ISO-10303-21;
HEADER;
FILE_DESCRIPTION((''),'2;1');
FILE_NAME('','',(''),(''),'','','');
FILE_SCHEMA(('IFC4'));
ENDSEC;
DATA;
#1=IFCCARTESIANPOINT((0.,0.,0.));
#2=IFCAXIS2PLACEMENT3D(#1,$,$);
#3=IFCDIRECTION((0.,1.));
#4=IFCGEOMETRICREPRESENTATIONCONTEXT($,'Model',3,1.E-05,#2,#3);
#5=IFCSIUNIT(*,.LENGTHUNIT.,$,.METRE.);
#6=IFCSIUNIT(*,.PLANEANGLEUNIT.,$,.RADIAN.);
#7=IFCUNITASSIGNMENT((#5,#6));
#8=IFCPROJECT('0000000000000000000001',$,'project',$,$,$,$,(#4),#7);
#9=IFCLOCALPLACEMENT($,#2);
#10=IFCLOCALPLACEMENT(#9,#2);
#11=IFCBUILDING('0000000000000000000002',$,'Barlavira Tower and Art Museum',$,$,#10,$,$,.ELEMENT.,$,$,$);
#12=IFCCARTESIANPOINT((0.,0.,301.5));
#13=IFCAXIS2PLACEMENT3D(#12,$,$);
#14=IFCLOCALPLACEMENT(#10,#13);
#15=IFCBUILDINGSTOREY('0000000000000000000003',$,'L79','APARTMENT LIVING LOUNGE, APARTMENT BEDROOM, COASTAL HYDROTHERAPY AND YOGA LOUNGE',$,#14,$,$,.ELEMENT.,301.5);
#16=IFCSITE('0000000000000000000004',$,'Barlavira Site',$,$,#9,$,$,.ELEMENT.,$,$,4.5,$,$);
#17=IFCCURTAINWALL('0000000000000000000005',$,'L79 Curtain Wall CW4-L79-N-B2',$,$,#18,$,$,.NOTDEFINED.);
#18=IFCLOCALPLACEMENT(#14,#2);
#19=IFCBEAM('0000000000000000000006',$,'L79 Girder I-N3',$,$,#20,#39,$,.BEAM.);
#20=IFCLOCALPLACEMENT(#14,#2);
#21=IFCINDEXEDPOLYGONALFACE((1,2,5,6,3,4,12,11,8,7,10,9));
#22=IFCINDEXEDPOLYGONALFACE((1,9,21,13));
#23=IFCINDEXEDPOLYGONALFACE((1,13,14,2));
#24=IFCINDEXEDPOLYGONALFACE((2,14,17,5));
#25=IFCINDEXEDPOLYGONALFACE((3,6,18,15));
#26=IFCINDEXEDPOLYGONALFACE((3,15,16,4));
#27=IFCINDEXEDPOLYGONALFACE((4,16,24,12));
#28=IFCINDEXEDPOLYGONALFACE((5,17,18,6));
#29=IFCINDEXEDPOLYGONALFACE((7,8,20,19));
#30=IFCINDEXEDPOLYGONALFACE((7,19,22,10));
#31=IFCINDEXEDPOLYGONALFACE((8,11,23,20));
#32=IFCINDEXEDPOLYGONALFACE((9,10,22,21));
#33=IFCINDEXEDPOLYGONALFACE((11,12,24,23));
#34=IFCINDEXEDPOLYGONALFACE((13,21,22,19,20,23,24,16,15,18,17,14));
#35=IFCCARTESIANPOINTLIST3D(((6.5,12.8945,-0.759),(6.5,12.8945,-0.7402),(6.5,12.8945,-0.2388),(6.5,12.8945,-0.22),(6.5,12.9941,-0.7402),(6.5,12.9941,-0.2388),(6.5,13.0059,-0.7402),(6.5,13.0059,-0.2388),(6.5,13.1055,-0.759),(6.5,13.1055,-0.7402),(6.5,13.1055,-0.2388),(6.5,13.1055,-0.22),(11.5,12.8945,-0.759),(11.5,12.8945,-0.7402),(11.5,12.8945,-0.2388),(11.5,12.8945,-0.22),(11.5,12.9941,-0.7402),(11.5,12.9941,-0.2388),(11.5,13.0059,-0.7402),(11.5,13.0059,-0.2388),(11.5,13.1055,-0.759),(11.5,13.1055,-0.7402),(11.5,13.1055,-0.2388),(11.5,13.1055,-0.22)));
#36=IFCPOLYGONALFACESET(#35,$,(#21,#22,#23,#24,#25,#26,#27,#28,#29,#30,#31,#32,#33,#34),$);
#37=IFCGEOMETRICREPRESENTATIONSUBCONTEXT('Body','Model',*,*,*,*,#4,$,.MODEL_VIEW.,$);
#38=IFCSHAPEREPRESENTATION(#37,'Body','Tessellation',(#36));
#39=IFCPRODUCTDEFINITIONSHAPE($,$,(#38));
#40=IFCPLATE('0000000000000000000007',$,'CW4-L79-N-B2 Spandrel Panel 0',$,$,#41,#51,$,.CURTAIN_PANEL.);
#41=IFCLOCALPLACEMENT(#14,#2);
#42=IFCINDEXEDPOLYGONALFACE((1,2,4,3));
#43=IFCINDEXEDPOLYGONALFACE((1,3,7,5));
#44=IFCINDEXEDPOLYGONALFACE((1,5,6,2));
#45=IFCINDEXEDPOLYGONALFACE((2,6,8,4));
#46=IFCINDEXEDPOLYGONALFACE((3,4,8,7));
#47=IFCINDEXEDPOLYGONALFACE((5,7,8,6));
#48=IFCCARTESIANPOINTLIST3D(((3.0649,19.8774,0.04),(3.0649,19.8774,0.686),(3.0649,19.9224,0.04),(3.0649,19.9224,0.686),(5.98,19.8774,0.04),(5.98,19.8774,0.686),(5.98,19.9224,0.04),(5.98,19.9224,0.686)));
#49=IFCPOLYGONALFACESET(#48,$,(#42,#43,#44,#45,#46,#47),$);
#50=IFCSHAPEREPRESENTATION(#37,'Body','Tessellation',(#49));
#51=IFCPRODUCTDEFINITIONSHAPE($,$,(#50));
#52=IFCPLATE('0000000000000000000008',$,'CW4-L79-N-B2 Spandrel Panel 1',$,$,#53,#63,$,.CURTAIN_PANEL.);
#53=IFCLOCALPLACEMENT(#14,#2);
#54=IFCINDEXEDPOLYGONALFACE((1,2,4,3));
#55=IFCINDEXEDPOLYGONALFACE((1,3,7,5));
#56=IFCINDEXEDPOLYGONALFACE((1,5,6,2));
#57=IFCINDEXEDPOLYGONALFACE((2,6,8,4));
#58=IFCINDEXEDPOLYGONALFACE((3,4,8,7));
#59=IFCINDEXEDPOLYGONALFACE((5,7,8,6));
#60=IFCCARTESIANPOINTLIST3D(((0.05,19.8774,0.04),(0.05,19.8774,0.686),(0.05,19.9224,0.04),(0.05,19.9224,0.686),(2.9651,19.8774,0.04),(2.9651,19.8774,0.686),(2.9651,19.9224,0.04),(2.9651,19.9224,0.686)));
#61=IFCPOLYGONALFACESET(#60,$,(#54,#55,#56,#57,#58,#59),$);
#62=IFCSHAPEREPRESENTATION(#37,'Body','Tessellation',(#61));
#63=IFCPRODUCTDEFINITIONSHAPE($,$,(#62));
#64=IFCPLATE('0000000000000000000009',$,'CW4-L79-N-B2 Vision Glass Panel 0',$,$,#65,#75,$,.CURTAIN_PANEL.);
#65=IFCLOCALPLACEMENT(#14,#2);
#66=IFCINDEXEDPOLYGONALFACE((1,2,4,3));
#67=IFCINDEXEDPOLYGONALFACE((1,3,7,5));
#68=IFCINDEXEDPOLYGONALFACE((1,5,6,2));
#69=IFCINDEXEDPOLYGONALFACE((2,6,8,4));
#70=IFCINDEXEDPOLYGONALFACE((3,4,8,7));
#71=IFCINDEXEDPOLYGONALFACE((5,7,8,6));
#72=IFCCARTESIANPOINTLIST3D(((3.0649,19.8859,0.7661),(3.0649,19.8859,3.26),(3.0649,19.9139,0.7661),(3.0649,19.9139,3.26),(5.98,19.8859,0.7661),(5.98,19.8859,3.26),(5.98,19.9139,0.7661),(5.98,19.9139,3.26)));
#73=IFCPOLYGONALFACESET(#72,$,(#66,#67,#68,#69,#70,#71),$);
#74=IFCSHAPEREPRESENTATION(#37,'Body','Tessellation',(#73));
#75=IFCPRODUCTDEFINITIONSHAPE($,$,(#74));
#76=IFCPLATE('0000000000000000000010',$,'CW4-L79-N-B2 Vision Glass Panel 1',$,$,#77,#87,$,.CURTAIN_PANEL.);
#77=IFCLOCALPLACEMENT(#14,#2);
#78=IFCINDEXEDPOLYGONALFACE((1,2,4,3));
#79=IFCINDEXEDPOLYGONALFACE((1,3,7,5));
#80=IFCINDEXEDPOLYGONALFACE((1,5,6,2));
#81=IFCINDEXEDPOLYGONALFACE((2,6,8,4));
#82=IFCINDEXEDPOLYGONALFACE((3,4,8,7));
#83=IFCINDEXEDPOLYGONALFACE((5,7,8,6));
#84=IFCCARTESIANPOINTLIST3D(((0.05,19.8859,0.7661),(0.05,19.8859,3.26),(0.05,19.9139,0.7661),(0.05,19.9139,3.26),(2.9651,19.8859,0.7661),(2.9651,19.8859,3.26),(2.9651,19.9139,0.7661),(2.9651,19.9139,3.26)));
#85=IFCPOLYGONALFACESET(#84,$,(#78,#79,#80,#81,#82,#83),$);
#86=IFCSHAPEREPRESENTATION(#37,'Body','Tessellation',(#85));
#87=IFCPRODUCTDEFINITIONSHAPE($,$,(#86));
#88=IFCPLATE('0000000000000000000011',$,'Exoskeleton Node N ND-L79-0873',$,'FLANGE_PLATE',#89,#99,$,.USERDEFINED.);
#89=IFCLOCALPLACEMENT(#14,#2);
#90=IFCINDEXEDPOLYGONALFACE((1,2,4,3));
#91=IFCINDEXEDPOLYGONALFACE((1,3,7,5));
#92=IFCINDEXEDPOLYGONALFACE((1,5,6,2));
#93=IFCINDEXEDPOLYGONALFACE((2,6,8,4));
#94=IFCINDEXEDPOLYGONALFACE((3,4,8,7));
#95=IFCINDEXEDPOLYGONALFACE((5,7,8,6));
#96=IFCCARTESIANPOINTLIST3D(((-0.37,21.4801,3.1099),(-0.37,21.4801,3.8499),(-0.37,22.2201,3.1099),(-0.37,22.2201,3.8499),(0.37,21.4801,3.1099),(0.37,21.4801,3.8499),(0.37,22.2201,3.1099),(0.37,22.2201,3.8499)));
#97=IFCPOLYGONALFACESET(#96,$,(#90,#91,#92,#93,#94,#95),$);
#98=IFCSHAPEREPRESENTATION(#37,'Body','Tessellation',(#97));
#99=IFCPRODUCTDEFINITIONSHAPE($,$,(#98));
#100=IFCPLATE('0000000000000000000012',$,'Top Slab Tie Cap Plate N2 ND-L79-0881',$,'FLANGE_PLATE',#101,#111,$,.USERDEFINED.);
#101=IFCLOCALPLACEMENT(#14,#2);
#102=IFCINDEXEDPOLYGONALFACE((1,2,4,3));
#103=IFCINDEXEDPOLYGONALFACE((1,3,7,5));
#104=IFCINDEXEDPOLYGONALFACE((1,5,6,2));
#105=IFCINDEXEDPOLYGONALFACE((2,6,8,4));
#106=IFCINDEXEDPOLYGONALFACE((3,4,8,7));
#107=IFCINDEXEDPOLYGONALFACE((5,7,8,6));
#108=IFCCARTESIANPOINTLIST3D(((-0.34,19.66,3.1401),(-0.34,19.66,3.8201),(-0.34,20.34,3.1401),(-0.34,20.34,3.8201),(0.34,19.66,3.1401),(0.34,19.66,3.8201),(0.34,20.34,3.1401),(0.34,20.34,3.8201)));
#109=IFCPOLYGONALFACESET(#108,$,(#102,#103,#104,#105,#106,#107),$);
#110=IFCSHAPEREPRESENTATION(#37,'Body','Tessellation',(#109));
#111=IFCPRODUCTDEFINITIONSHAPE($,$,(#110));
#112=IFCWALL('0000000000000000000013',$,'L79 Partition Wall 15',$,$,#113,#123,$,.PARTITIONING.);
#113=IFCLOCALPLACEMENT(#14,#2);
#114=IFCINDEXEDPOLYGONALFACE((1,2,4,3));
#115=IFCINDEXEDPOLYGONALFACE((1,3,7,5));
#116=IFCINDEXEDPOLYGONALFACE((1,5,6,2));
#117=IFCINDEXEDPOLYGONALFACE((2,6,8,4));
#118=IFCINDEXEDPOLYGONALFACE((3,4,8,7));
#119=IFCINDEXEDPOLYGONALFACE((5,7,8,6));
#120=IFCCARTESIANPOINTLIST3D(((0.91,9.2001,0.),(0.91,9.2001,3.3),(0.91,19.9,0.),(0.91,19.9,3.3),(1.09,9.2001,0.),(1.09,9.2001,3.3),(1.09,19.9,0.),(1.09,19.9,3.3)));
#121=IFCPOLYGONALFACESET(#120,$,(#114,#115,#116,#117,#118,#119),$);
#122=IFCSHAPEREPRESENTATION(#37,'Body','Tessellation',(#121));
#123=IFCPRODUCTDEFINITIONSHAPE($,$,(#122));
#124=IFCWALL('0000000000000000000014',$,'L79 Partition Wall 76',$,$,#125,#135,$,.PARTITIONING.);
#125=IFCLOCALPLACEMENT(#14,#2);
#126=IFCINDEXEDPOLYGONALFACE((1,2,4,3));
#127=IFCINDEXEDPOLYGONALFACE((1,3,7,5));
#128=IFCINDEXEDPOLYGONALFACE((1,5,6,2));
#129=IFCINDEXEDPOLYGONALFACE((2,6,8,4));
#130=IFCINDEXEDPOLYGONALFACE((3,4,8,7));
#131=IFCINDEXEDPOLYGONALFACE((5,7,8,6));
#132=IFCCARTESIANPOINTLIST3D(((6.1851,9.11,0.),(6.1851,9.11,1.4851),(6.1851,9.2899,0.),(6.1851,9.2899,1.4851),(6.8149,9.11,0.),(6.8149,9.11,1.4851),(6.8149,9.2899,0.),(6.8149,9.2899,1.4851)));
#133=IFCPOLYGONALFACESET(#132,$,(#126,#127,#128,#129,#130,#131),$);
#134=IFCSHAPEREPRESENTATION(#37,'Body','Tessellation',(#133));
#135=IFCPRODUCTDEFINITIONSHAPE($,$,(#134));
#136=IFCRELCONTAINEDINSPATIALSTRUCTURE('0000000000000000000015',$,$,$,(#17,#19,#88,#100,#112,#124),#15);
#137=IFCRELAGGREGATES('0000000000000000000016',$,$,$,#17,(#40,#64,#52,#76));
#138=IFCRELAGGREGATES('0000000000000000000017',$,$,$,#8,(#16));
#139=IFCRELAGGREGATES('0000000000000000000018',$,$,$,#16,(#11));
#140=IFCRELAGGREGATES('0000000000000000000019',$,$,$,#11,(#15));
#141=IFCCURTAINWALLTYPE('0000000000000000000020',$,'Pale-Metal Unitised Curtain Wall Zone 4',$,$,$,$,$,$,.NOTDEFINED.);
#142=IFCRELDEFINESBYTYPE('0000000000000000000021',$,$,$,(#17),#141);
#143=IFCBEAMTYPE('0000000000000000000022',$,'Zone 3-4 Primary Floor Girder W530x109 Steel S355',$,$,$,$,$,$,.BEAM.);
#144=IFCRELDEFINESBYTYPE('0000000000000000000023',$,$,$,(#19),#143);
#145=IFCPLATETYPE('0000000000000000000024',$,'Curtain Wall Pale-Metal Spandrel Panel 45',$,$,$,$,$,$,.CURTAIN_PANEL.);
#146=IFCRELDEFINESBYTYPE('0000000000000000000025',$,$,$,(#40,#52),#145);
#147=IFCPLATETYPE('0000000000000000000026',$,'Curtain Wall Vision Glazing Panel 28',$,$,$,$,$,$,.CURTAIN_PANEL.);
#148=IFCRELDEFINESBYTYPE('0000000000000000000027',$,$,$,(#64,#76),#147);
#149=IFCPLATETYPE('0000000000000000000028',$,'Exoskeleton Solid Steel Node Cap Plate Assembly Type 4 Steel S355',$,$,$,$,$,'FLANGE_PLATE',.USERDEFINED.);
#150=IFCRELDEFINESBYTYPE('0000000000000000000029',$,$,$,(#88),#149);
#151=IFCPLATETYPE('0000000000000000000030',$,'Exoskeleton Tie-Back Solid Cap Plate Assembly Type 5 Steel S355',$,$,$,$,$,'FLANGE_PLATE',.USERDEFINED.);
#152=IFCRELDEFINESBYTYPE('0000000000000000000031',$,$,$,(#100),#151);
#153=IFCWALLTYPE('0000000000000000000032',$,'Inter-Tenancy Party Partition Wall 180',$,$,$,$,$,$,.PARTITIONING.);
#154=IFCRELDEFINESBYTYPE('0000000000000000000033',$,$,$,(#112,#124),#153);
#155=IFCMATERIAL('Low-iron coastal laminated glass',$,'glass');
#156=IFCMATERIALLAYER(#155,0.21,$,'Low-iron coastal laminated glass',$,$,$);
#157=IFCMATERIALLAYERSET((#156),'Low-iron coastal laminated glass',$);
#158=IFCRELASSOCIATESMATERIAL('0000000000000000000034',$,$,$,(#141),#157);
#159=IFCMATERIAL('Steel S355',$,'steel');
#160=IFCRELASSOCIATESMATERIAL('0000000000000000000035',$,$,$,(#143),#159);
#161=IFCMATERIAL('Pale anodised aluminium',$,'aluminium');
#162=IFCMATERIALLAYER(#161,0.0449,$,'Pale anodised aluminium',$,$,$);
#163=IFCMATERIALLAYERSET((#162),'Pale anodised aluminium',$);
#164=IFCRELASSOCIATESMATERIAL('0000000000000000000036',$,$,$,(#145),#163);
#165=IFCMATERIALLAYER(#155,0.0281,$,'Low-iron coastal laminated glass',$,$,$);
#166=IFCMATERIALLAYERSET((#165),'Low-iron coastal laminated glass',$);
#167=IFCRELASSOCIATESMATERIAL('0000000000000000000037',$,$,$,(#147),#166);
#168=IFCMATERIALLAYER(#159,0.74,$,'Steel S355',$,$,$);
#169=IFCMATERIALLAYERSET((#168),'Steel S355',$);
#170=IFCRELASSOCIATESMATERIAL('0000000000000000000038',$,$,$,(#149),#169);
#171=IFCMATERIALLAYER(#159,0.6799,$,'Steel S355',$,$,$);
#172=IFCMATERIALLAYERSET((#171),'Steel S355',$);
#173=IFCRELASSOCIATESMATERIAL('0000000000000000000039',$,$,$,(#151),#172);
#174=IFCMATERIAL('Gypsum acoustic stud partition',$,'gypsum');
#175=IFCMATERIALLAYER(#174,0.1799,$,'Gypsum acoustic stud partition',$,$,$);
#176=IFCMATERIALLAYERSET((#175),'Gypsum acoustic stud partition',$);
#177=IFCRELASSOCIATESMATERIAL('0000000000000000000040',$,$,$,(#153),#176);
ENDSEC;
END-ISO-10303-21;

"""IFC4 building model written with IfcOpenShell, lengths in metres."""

from ifc_helpers import new_model, si_unit, direction, frame, frame_2d, origin, origin_2d, place, context, subcontext, project, spatial, rectangle, i_section, extrude, material, layer, layer_set, material_profile, profile_set, type_object, element, aggregate, save


model = new_model("IFC4")

# Units and contexts
model_context = context("Model", 3, precision=1e-05, world=origin(), true_north=direction((0.0, 1.0)))
body_context = subcontext(model_context, "Body", "Model", "MODEL_VIEW")
ifc_project = project(units=[si_unit("LENGTHUNIT", "METRE"), si_unit("PLANEANGLEUNIT", "RADIAN")], contexts=[model_context])

# Site, building, storey
site_placement = place(None, origin())
site = spatial("IfcSite", under=ifc_project, at=site_placement, Name="Barlavira Site", CompositionType="ELEMENT", RefElevation=4.5)
building_placement = place(site_placement, origin())
building = spatial("IfcBuilding", under=site, at=building_placement, Name="Barlavira Tower and Art Museum", CompositionType="ELEMENT")
storey_placement = place(building_placement, frame((0.0, 0.0, 301.5)))
storey = spatial("IfcBuildingStorey", under=building, at=storey_placement, Name="L79", Description="APARTMENT LIVING LOUNGE, APARTMENT BEDROOM, COASTAL HYDROTHERAPY AND YOGA LOUNGE", CompositionType="ELEMENT", Elevation=301.5)

# Curtain wall
ifc_material_1 = material(Name="Low-iron coastal laminated glass", Category="glass")
ifc_layer_1 = layer(ifc_material_1, 0.21, Name="Low-iron coastal laminated glass")
ifc_layer_set_1 = layer_set([ifc_layer_1], Name="Low-iron coastal laminated glass")
curtain_wall_type = type_object("IfcCurtainWallType", Name="Pale-Metal Unitised Curtain Wall Zone 4", PredefinedType="NOTDEFINED", material=ifc_layer_set_1)
curtain_wall_placement = place(storey_placement, origin())
curtain_wall = element("IfcCurtainWall", 1, at=curtain_wall_placement, inside=storey, type_object=curtain_wall_type, Name="L79 Curtain Wall CW4-L79-N-B2", PredefinedType="NOTDEFINED")
ifc_material_2 = material(Name="Pale anodised aluminium", Category="aluminium")

# Shared definitions
ifc_material_3 = material(Name="Steel S355", Category="steel")

# Beam
ifc_material_profile_1 = material_profile(ifc_material_3, i_section(OverallWidth=0.2109, OverallDepth=0.5391, WebThickness=0.0117, FlangeThickness=0.0188, at=origin_2d()), Name="W530x109.0")
ifc_profile_set_1 = profile_set([ifc_material_profile_1], Name="Steel S355")
beam_type = type_object("IfcBeamType", Name="Zone 3-4 Primary Floor Girder W530x109 Steel S355", PredefinedType="BEAM", material=ifc_profile_set_1)
beam_placement = place(storey_placement, frame((6.5, 13.0, -0.4895), z_axis=(1.0, 0.0, 0.0), x_axis=(0.0, 1.0, 0.0)))
element("IfcBeam", 2, at=beam_placement, inside=storey, type_object=beam_type, Name="L79 Girder I-N3", PredefinedType="BEAM", context=body_context, shape_type="SweptSolid", body=[
    extrude(i_section(OverallWidth=0.2109, OverallDepth=0.5391, WebThickness=0.0117, FlangeThickness=0.0188, at=origin_2d()), origin(), (0.0, 0.0, 1.0), 5.0),
])

# Plates
ifc_layer_2 = layer(ifc_material_2, 0.0449, Name="Pale anodised aluminium")
ifc_layer_set_2 = layer_set([ifc_layer_2], Name="Pale anodised aluminium")
plate_type_1 = type_object("IfcPlateType", Name="Curtain Wall Pale-Metal Spandrel Panel 45", PredefinedType="CURTAIN_PANEL", material=ifc_layer_set_2)
plate_1_placement = place(storey_placement, frame((4.5225, 19.8999, 0.04), z_axis=(0.0, 0.0, 1.0), x_axis=(-1.0, 0.0, 0.0)))
plate_1 = element("IfcPlate", 3, at=plate_1_placement, type_object=plate_type_1, Name="CW4-L79-N-B2 Spandrel Panel 0", PredefinedType="CURTAIN_PANEL", context=body_context, shape_type="SweptSolid", body=[
    extrude(rectangle(XDim=2.915, YDim=0.0449, at=origin_2d()), origin(), (0.0, 0.0, 1.0), 0.646),
])
plate_2_placement = place(storey_placement, frame((1.5076, 19.8999, 0.04), z_axis=(0.0, 0.0, 1.0), x_axis=(-1.0, 0.0, 0.0)))
plate_2 = element("IfcPlate", 4, at=plate_2_placement, type_object=plate_type_1, Name="CW4-L79-N-B2 Spandrel Panel 1", PredefinedType="CURTAIN_PANEL", context=body_context, shape_type="SweptSolid", body=[
    extrude(rectangle(XDim=2.915, YDim=0.0449, at=origin_2d()), origin(), (0.0, 0.0, 1.0), 0.646),
])
ifc_layer_3 = layer(ifc_material_1, 0.0281, Name="Low-iron coastal laminated glass")
ifc_layer_set_3 = layer_set([ifc_layer_3], Name="Low-iron coastal laminated glass")
plate_type_2 = type_object("IfcPlateType", Name="Curtain Wall Vision Glazing Panel 28", PredefinedType="CURTAIN_PANEL", material=ifc_layer_set_3)
plate_3_placement = place(storey_placement, frame((4.5225, 19.8999, 0.7661), z_axis=(0.0, 0.0, 1.0), x_axis=(-1.0, 0.0, 0.0)))
plate_3 = element("IfcPlate", 5, at=plate_3_placement, type_object=plate_type_2, Name="CW4-L79-N-B2 Vision Glass Panel 0", PredefinedType="CURTAIN_PANEL", context=body_context, shape_type="SweptSolid", body=[
    extrude(rectangle(XDim=2.915, YDim=0.0281, at=origin_2d()), origin(), (0.0, 0.0, 1.0), 2.4939),
])
plate_4_placement = place(storey_placement, frame((1.5076, 19.8999, 0.7661), z_axis=(0.0, 0.0, 1.0), x_axis=(-1.0, 0.0, 0.0)))
plate_4 = element("IfcPlate", 6, at=plate_4_placement, type_object=plate_type_2, Name="CW4-L79-N-B2 Vision Glass Panel 1", PredefinedType="CURTAIN_PANEL", context=body_context, shape_type="SweptSolid", body=[
    extrude(rectangle(XDim=2.915, YDim=0.0281, at=origin_2d()), origin(), (0.0, 0.0, 1.0), 2.4939),
])
aggregate(curtain_wall, [plate_1, plate_3, plate_2, plate_4])

# Plates
ifc_layer_4 = layer(ifc_material_3, 0.74, Name="Steel S355")
ifc_layer_set_4 = layer_set([ifc_layer_4], Name="Steel S355")
plate_type_3 = type_object("IfcPlateType", Name="Exoskeleton Solid Steel Node Cap Plate Assembly Type 4 Steel S355", ElementType="FLANGE_PLATE", PredefinedType="USERDEFINED", material=ifc_layer_set_4)
plate_5_placement = place(storey_placement, frame((0.0, 21.8501, 3.1099), z_axis=(0.0, 0.0, 1.0), x_axis=(1.0, 0.0, 0.0)))
element("IfcPlate", 7, at=plate_5_placement, inside=storey, type_object=plate_type_3, Name="Exoskeleton Node N ND-L79-0873", ObjectType="FLANGE_PLATE", PredefinedType="USERDEFINED", context=body_context, shape_type="SweptSolid", body=[
    extrude(rectangle(XDim=0.74, YDim=0.74, at=origin_2d()), origin(), (0.0, 0.0, 1.0), 0.74),
])
ifc_layer_5 = layer(ifc_material_3, 0.6799, Name="Steel S355")
ifc_layer_set_5 = layer_set([ifc_layer_5], Name="Steel S355")
plate_type_4 = type_object("IfcPlateType", Name="Exoskeleton Tie-Back Solid Cap Plate Assembly Type 5 Steel S355", ElementType="FLANGE_PLATE", PredefinedType="USERDEFINED", material=ifc_layer_set_5)
plate_6_placement = place(storey_placement, frame((0.0, 20.0, 3.1401), z_axis=(0.0, 0.0, 1.0), x_axis=(1.0, 0.0, 0.0)))
element("IfcPlate", 8, at=plate_6_placement, inside=storey, type_object=plate_type_4, Name="Top Slab Tie Cap Plate N2 ND-L79-0881", ObjectType="FLANGE_PLATE", PredefinedType="USERDEFINED", context=body_context, shape_type="SweptSolid", body=[
    extrude(rectangle(XDim=0.6799, YDim=0.6799, at=origin_2d()), origin(), (0.0, 0.0, 1.0), 0.6799),
])

# Wall
ifc_material_4 = material(Name="Gypsum acoustic stud partition", Category="gypsum")
ifc_layer_6 = layer(ifc_material_4, 0.1799, Name="Gypsum acoustic stud partition")
ifc_layer_set_6 = layer_set([ifc_layer_6], Name="Gypsum acoustic stud partition")
wall_type = type_object("IfcWallType", Name="Inter-Tenancy Party Partition Wall 180", PredefinedType="PARTITIONING", material=ifc_layer_set_6)
wall_1_placement = place(storey_placement, frame((1.0, 9.2, 0.0), z_axis=(0.0, 0.0, 1.0), x_axis=(0.0, 1.0, 0.0)))
element("IfcWall", 9, at=wall_1_placement, inside=storey, type_object=wall_type, Name="L79 Partition Wall 15", PredefinedType="PARTITIONING", context=body_context, shape_type="SweptSolid", body=[
    extrude(rectangle(XDim=10.7, YDim=0.1799, at=frame_2d((5.3501, 0.0))), origin(), (0.0, 0.0, 1.0), 3.3),
])

# Wall
wall_2_placement = place(storey_placement, frame((6.1851, 9.2, 0.0), z_axis=(0.0, 0.0, 1.0), x_axis=(1.0, 0.0, 0.0)))
element("IfcWall", 10, at=wall_2_placement, inside=storey, type_object=wall_type, Name="L79 Partition Wall 76", PredefinedType="PARTITIONING", context=body_context, shape_type="SweptSolid", body=[
    extrude(rectangle(XDim=0.6299, YDim=0.1799, at=frame_2d((0.3149, 0.0))), origin(), (0.0, 0.0, 1.0), 1.4851),
])

save(model, "model.ifc")
